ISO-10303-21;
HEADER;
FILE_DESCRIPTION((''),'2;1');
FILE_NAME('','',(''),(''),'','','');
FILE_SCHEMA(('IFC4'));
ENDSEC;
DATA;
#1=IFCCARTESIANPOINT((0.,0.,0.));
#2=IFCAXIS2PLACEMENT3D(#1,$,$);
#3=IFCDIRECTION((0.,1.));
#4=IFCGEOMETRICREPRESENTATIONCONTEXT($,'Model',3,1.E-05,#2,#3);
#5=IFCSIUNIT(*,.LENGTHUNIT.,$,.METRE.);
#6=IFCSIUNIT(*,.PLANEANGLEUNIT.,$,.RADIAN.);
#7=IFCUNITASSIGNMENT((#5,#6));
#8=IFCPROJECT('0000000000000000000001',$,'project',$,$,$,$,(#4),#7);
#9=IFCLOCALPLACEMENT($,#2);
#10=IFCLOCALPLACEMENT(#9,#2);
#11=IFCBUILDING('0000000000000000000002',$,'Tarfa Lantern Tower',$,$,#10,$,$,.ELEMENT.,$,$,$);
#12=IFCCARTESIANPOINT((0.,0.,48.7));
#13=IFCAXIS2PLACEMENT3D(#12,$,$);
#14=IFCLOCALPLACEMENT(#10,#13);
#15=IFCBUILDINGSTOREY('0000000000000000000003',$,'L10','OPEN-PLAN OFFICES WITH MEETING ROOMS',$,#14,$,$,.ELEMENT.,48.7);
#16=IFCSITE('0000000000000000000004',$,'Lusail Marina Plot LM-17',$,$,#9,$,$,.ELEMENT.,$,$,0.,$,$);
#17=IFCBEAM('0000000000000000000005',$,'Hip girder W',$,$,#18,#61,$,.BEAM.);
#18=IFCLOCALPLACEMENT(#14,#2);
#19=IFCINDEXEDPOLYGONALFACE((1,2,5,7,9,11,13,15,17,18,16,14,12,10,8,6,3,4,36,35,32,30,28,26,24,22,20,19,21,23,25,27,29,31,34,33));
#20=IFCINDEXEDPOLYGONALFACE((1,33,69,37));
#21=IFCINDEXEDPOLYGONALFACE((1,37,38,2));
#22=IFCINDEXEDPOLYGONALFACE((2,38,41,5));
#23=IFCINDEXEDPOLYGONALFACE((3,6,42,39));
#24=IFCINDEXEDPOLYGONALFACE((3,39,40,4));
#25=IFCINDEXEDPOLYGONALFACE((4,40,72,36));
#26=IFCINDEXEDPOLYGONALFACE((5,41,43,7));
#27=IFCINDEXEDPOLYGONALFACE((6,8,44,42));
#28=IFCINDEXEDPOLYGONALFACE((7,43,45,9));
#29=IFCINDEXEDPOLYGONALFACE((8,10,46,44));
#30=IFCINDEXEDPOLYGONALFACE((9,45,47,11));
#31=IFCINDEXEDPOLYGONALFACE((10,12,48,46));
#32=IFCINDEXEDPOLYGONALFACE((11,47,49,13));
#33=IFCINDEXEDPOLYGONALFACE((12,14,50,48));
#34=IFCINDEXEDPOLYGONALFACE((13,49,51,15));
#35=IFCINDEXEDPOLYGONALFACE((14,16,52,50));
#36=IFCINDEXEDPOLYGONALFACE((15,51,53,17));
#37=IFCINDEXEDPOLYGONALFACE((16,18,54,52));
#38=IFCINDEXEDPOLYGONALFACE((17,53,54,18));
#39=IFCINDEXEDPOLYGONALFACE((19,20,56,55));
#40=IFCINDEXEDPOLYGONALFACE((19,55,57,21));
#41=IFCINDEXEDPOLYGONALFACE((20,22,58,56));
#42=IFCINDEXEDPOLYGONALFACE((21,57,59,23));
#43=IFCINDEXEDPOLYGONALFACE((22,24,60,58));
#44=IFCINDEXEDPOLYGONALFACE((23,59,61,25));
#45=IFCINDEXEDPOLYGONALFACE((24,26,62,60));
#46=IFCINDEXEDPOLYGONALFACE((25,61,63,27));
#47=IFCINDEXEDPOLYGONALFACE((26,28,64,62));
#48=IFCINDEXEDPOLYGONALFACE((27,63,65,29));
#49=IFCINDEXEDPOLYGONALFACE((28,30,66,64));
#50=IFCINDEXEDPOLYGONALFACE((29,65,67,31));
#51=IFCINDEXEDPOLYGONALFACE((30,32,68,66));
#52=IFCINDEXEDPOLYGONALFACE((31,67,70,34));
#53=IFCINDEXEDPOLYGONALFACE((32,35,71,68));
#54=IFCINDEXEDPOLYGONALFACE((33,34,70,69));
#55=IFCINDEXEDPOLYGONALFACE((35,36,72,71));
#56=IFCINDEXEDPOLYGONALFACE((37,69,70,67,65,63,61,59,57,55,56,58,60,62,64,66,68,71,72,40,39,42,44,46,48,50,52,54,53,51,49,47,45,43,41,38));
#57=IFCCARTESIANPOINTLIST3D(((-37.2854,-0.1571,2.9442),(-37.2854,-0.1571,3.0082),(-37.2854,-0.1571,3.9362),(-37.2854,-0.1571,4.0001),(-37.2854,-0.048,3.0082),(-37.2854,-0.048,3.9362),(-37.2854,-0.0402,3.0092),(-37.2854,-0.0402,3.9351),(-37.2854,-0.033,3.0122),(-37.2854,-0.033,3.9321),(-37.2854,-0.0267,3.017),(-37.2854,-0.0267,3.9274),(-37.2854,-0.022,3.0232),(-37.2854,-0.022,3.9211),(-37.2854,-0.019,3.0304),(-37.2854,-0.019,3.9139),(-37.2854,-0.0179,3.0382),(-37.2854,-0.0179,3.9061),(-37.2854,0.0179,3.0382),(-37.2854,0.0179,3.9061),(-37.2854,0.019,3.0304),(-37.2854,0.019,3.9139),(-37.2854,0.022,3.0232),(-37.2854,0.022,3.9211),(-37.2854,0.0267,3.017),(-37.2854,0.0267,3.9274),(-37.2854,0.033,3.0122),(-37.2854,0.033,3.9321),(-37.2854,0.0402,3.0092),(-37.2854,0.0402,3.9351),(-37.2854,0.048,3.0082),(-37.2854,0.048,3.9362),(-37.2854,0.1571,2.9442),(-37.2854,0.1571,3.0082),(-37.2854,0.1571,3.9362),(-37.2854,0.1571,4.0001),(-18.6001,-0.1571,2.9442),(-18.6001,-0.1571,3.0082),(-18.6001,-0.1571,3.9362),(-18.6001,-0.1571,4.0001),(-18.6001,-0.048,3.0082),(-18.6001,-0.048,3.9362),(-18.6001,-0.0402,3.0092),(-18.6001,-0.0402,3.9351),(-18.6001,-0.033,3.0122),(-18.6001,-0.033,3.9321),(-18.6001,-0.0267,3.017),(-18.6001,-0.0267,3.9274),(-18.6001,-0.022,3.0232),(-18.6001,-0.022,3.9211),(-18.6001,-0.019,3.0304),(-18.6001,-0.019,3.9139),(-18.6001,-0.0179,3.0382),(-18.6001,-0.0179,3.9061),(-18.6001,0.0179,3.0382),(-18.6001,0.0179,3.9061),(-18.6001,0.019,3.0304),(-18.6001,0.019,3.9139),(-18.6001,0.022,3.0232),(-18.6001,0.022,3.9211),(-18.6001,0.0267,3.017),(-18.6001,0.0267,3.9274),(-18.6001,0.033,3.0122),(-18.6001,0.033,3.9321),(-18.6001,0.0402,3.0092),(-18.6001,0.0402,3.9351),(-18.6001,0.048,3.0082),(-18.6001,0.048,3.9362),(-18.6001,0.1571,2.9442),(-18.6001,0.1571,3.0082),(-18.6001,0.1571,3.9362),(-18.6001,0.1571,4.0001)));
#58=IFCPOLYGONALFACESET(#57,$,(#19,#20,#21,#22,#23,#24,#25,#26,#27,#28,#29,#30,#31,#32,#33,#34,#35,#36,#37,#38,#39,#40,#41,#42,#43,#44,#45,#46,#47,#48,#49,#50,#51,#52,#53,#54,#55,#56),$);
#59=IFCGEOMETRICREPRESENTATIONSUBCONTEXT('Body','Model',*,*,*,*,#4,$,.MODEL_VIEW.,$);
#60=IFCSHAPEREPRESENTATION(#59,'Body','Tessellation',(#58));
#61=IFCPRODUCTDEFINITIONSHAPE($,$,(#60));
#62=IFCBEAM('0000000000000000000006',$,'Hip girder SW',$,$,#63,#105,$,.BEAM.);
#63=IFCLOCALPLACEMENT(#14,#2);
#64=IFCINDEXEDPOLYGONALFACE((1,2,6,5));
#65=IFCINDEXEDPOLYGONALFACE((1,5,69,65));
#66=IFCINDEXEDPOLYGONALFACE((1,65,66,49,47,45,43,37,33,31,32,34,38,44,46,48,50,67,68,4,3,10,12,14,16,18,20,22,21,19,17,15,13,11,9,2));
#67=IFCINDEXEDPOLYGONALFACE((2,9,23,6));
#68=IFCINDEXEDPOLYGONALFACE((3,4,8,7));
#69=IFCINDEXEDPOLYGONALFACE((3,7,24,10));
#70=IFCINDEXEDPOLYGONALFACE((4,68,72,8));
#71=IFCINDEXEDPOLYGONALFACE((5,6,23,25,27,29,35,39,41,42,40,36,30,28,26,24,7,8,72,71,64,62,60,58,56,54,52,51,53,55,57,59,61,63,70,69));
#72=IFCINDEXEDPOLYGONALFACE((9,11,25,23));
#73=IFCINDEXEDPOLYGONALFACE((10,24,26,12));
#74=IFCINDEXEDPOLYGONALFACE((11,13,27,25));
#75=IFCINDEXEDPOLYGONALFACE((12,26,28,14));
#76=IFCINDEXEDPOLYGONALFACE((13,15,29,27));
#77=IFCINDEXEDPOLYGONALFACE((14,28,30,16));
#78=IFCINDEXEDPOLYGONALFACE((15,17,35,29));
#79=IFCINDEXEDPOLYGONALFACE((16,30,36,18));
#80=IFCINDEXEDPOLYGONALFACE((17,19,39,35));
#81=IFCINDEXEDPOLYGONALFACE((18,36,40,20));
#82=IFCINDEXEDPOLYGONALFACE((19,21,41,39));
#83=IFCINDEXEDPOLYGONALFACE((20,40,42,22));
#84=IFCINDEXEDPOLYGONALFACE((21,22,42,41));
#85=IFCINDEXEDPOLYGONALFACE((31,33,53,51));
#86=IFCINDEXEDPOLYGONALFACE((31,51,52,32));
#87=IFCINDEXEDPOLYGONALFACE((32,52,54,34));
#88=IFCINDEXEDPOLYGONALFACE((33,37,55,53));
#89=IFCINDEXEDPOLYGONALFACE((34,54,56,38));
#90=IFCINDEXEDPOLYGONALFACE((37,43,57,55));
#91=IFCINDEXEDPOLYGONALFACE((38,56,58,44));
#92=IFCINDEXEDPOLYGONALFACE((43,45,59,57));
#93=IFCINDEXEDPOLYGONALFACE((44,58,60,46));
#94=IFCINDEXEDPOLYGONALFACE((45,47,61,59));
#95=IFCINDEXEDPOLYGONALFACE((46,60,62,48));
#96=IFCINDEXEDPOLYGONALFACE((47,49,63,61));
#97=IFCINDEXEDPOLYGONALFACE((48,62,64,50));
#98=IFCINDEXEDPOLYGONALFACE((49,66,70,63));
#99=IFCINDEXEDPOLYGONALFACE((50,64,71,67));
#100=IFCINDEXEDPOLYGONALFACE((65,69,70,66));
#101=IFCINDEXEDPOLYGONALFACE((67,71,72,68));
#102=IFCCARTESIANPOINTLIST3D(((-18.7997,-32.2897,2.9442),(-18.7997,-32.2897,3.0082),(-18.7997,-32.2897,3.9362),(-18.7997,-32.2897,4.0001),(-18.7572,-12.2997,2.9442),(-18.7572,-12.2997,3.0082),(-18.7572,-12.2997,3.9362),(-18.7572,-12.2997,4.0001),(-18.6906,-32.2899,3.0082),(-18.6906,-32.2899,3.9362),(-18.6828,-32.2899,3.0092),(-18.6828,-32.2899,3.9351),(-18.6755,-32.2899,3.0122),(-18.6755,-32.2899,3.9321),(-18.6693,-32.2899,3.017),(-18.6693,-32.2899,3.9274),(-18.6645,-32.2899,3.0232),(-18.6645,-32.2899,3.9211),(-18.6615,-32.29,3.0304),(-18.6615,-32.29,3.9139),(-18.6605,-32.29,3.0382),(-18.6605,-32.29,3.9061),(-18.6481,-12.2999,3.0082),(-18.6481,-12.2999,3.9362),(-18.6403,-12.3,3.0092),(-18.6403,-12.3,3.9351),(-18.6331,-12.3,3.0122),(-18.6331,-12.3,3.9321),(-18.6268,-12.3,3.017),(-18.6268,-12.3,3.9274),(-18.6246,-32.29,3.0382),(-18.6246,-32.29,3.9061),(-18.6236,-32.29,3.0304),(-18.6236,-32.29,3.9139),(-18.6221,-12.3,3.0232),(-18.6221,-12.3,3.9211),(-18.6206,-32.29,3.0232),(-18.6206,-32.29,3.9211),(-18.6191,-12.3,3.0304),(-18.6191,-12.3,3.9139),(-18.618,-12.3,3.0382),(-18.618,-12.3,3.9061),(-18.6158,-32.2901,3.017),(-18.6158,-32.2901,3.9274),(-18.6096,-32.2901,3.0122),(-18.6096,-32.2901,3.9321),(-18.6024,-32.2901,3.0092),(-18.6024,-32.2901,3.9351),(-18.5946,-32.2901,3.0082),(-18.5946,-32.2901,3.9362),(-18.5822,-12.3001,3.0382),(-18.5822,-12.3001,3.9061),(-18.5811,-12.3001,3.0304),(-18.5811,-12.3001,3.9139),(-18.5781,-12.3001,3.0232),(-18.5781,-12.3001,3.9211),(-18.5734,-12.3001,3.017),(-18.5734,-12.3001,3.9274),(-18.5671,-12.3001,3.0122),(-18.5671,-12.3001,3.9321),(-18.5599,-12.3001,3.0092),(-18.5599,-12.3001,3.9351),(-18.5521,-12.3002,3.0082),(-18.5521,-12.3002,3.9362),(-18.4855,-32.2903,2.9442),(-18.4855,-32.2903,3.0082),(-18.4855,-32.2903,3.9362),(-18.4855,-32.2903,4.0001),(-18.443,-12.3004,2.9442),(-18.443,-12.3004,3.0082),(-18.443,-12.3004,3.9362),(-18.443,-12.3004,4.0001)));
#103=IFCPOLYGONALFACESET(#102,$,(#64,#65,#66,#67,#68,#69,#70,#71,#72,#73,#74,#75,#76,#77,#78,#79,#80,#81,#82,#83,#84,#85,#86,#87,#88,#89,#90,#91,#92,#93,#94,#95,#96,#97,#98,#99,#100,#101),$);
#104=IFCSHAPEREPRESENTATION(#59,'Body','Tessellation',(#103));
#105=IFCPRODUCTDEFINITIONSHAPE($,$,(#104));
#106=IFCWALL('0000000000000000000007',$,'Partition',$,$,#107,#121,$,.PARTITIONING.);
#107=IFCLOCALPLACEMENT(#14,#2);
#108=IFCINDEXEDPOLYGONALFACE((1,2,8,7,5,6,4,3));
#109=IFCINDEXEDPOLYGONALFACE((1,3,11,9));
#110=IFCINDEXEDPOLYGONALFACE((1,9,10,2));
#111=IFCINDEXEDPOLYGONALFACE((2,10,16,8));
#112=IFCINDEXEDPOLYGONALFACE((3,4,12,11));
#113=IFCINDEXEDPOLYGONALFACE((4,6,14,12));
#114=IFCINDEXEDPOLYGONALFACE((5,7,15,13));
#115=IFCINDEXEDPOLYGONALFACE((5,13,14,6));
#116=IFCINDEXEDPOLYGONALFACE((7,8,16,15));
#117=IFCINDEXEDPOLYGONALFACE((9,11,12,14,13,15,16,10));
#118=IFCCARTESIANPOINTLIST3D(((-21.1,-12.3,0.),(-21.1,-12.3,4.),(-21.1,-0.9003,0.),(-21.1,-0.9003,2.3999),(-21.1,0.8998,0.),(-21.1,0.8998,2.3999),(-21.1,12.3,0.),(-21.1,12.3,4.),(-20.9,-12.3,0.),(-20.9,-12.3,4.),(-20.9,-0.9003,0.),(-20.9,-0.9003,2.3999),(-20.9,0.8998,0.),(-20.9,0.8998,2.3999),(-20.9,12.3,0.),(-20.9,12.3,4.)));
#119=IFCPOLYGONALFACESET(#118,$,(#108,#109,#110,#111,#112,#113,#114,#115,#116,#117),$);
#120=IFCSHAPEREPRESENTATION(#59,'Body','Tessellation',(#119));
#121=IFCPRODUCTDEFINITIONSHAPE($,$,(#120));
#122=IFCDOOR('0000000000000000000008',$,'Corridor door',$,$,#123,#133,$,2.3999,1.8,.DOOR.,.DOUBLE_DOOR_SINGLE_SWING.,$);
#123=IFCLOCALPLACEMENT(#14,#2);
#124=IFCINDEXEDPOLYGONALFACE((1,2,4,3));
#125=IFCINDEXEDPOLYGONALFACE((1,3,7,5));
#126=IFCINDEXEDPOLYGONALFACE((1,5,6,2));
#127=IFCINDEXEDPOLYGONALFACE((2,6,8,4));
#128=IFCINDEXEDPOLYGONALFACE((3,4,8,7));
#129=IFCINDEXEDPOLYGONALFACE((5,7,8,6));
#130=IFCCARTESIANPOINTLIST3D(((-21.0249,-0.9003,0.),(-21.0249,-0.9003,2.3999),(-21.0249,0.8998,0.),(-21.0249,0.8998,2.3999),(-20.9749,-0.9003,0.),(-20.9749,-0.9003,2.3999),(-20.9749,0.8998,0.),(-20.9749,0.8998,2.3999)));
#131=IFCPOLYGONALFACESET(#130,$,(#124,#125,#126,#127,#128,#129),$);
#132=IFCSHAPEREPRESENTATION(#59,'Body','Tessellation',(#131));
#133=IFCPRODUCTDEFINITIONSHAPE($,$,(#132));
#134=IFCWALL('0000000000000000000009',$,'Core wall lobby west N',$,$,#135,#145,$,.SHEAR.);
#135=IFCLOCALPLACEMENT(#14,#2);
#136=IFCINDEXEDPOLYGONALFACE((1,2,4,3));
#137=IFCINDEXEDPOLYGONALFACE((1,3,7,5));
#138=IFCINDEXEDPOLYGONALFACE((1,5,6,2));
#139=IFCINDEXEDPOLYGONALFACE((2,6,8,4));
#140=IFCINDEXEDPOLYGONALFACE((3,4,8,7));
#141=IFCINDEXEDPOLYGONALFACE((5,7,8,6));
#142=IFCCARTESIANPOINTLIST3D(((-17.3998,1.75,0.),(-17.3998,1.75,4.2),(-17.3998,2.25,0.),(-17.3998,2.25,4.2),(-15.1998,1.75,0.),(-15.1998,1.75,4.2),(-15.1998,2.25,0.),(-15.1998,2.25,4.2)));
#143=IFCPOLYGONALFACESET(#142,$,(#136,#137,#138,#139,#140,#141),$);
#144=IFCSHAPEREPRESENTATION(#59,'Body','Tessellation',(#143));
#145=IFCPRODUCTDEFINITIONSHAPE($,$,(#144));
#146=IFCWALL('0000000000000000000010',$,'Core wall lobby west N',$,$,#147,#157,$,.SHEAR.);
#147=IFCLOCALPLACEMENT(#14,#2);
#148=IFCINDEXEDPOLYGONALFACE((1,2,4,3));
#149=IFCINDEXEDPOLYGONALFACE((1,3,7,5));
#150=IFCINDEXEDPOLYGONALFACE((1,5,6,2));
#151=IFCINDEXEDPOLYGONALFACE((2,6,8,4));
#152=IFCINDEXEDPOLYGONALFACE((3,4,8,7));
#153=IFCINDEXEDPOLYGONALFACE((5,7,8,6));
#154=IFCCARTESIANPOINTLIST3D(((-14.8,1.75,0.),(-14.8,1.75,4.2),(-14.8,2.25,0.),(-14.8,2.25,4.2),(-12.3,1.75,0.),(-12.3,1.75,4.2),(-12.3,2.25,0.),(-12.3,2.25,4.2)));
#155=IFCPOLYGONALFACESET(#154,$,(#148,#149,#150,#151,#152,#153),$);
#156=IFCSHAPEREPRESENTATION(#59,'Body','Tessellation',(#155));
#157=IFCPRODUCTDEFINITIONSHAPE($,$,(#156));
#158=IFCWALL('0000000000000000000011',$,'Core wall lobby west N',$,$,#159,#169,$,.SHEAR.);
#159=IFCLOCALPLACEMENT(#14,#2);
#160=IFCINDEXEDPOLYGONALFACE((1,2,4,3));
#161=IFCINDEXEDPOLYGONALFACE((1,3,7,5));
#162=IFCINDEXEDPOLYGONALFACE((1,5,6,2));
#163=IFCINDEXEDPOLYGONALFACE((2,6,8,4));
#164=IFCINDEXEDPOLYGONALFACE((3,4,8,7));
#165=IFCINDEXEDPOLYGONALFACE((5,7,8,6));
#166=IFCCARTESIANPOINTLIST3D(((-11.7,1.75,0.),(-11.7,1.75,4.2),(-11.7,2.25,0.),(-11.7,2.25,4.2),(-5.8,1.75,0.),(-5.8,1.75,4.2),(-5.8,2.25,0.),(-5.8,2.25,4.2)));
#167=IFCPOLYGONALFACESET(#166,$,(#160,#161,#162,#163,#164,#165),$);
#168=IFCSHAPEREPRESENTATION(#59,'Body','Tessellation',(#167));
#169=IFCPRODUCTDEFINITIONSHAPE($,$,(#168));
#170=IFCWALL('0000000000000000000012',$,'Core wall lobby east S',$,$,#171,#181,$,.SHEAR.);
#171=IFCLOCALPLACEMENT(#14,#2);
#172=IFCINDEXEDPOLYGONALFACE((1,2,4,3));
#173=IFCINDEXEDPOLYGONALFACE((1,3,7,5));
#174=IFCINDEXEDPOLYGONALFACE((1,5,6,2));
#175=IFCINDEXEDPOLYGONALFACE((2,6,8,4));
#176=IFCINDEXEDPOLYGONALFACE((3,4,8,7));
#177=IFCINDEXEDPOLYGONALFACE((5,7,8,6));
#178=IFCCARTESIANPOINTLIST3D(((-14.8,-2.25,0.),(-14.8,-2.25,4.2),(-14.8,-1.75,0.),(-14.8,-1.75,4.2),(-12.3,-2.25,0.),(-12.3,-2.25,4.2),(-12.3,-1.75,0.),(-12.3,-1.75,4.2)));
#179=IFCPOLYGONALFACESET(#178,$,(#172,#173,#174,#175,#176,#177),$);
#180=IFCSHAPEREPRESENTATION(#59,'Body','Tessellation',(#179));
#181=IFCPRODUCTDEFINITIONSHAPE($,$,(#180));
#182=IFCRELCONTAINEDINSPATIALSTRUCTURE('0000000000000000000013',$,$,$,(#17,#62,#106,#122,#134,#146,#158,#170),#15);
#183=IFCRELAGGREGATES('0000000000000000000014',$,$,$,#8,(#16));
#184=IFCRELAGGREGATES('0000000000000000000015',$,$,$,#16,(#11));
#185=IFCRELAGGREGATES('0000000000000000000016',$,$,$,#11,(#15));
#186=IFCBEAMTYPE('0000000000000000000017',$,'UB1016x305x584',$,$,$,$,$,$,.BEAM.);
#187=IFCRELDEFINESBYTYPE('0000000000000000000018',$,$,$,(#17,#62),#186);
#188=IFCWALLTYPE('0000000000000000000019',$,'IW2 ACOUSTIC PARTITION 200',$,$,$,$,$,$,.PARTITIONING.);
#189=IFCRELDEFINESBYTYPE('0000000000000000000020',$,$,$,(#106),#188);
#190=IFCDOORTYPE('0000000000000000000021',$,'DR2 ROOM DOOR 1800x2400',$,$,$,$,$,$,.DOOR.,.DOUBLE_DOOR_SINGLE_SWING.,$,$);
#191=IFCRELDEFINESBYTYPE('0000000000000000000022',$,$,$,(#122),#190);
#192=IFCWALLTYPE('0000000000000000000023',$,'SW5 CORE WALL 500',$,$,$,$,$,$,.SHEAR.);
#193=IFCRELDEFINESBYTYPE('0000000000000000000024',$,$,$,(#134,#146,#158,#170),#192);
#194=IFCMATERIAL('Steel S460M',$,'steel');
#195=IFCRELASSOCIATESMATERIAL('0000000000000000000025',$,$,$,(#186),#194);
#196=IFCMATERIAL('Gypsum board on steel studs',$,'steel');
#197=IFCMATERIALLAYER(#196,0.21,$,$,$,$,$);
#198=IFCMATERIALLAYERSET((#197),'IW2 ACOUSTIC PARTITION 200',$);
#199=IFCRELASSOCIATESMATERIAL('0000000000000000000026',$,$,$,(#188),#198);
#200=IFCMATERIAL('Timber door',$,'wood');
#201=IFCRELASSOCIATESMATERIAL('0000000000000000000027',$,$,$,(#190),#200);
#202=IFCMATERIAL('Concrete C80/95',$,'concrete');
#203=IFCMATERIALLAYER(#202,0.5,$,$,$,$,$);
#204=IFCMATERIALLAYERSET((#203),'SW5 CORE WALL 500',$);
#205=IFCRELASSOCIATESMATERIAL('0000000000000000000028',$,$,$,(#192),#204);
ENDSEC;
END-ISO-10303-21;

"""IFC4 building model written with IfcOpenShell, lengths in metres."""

from ifc_helpers import new_model, si_unit, direction, frame, frame_2d, origin, origin_2d, place, context, subcontext, project, spatial, rectangle, i_section, extrude, material, layer, layer_set, material_profile, profile_set, type_object, element, fill, save


model = new_model("IFC4")

# Units and contexts
model_context = context("Model", 3, precision=1e-05, world=origin(), true_north=direction((0.0, 1.0)))
body_context = subcontext(model_context, "Body", "Model", "MODEL_VIEW")
ifc_project = project(units=[si_unit("LENGTHUNIT", "METRE"), si_unit("PLANEANGLEUNIT", "RADIAN")], contexts=[model_context])

# Site, building, storey
site_placement = place(None, origin())
site = spatial("IfcSite", under=ifc_project, at=site_placement, Name="Lusail Marina Plot LM-17", CompositionType="ELEMENT", RefElevation=0.0)
building_placement = place(site_placement, origin())
building = spatial("IfcBuilding", under=site, at=building_placement, Name="Tarfa Lantern Tower", CompositionType="ELEMENT")
storey_placement = place(building_placement, frame((0.0, 0.0, 48.7)))
storey = spatial("IfcBuildingStorey", under=building, at=storey_placement, Name="L10", Description="OPEN-PLAN OFFICES WITH MEETING ROOMS", CompositionType="ELEMENT", Elevation=48.7)

# Beams
ifc_material_1 = material(Name="Steel S460M", Category="steel")
ifc_material_profile = material_profile(ifc_material_1, i_section(OverallWidth=0.3142, OverallDepth=1.0559, WebThickness=0.0359, FlangeThickness=0.064, FilletRadius=0.03, at=origin_2d()), Name="UB1016x305x584")
ifc_profile_set = profile_set([ifc_material_profile], Name="Steel S460M")
beam_type = type_object("IfcBeamType", Name="UB1016x305x584", PredefinedType="BEAM", material=ifc_profile_set)
beam_1_placement = place(storey_placement, frame((-18.6001, 0.0, 3.4722), z_axis=(-1.0, 0.0, 0.0), x_axis=(0.0, -1.0, 0.0)))
element("IfcBeam", 1, at=beam_1_placement, inside=storey, type_object=beam_type, Name="Hip girder W", PredefinedType="BEAM", context=body_context, shape_type="SweptSolid", body=[
    extrude(i_section(OverallWidth=0.3142, OverallDepth=1.0559, WebThickness=0.0359, FlangeThickness=0.064, FilletRadius=0.03, at=origin_2d()), origin(), (0.0, 0.0, 1.0), 18.6853),
])
beam_2_placement = place(storey_placement, frame((-18.6001, -12.3, 3.4722), z_axis=(-0.002125, -0.999998, 0.0), x_axis=(0.999998, -0.002125, 0.0)))
element("IfcBeam", 2, at=beam_2_placement, inside=storey, type_object=beam_type, Name="Hip girder SW", PredefinedType="BEAM", context=body_context, shape_type="SweptSolid", body=[
    extrude(i_section(OverallWidth=0.3142, OverallDepth=1.0559, WebThickness=0.0359, FlangeThickness=0.064, FilletRadius=0.03, at=origin_2d()), origin(), (0.0, 0.0, 1.0), 19.99),
])

# Wall, opening, door
ifc_material_2 = material(Name="Gypsum board on steel studs", Category="steel")
ifc_layer_1 = layer(ifc_material_2, 0.21)
ifc_layer_set_1 = layer_set([ifc_layer_1], Name="IW2 ACOUSTIC PARTITION 200")
wall_type_1 = type_object("IfcWallType", Name="IW2 ACOUSTIC PARTITION 200", PredefinedType="PARTITIONING", material=ifc_layer_set_1)
wall_1_placement = place(storey_placement, frame((-21.0, -12.3, 0.0), z_axis=(0.0, 0.0, 1.0), x_axis=(0.0, 1.0, 0.0)))
wall_1 = element("IfcWall", 3, at=wall_1_placement, inside=storey, type_object=wall_type_1, Name="Partition", PredefinedType="PARTITIONING", context=body_context, shape_type="SweptSolid", body=[
    extrude(rectangle(XDim=24.6001, YDim=0.2, at=frame_2d((12.3, 0.0))), origin(), (0.0, 0.0, 1.0), 4.0),
])
opening_1_placement = place(wall_1_placement, frame((11.3999, 0.0, 0.0)))
opening_1 = element("IfcOpeningElement", 4, at=opening_1_placement, cuts=wall_1, PredefinedType="OPENING", context=body_context, shape_type="SweptSolid", body=[
    extrude(rectangle(XDim=1.8, YDim=2.3999, at=frame_2d((0.8999, 1.2))), frame((0.0, 0.1099, 0.0), z_axis=(0.0, -1.0, 0.0), x_axis=(1.0, 0.0, 0.0)), (0.0, 0.0, 1.0), 0.22),
])
ifc_material_3 = material(Name="Timber door", Category="wood")
door_type_1 = type_object("IfcDoorType", Name="DR2 ROOM DOOR 1800x2400", OperationType="DOUBLE_DOOR_SINGLE_SWING", PredefinedType="DOOR", material=ifc_material_3)
door_1_placement = place(opening_1_placement, origin())
door_1 = element("IfcDoor", 5, at=door_1_placement, inside=storey, type_object=door_type_1, Name="Corridor door", OperationType="DOUBLE_DOOR_SINGLE_SWING", OverallHeight=2.3999, OverallWidth=1.8, PredefinedType="DOOR", context=body_context, shape_type="SweptSolid", body=[
    extrude(rectangle(XDim=1.8, YDim=2.3999, at=frame_2d((0.8999, 1.2))), frame((0.0, 0.0249, 0.0), z_axis=(0.0, -1.0, 0.0), x_axis=(1.0, 0.0, 0.0)), (0.0, 0.0, 1.0), 0.05),
])
fill(opening_1, door_1)

# Walls
ifc_material_4 = material(Name="Concrete C80/95", Category="concrete")
ifc_layer_2 = layer(ifc_material_4, 0.5)
ifc_layer_set_2 = layer_set([ifc_layer_2], Name="SW5 CORE WALL 500")
wall_type_2 = type_object("IfcWallType", Name="SW5 CORE WALL 500", PredefinedType="SHEAR", material=ifc_layer_set_2)
wall_2_placement = place(storey_placement, frame((-17.3999, 2.0, 0.0), z_axis=(0.0, 0.0, 1.0), x_axis=(1.0, 0.0, 0.0)))
element("IfcWall", 6, at=wall_2_placement, inside=storey, type_object=wall_type_2, Name="Core wall lobby west N", PredefinedType="SHEAR", context=body_context, shape_type="SweptSolid", body=[
    extrude(rectangle(XDim=2.2, YDim=0.5, at=frame_2d((1.1001, 0.0))), origin(), (0.0, 0.0, 1.0), 4.2),
])
wall_3_placement = place(storey_placement, frame((-14.8, 2.0, 0.0), z_axis=(0.0, 0.0, 1.0), x_axis=(1.0, 0.0, 0.0)))
element("IfcWall", 7, at=wall_3_placement, inside=storey, type_object=wall_type_2, Name="Core wall lobby west N", PredefinedType="SHEAR", context=body_context, shape_type="SweptSolid", body=[
    extrude(rectangle(XDim=2.5, YDim=0.5, at=frame_2d((1.25, 0.0))), origin(), (0.0, 0.0, 1.0), 4.2),
])
wall_4_placement = place(storey_placement, frame((-11.7, 2.0, 0.0), z_axis=(0.0, 0.0, 1.0), x_axis=(1.0, 0.0, 0.0)))
element("IfcWall", 8, at=wall_4_placement, inside=storey, type_object=wall_type_2, Name="Core wall lobby west N", PredefinedType="SHEAR", context=body_context, shape_type="SweptSolid", body=[
    extrude(rectangle(XDim=5.8999, YDim=0.5, at=frame_2d((2.95, 0.0))), origin(), (0.0, 0.0, 1.0), 4.2),
])
wall_5_placement = place(storey_placement, frame((-12.3, -2.0, 0.0), z_axis=(0.0, 0.0, 1.0), x_axis=(-1.0, 0.0, 0.0)))
element("IfcWall", 9, at=wall_5_placement, inside=storey, type_object=wall_type_2, Name="Core wall lobby east S", PredefinedType="SHEAR", context=body_context, shape_type="SweptSolid", body=[
    extrude(rectangle(XDim=2.5, YDim=0.5, at=frame_2d((1.25, 0.0))), origin(), (0.0, 0.0, 1.0), 4.2),
])

save(model, "model.ifc")
